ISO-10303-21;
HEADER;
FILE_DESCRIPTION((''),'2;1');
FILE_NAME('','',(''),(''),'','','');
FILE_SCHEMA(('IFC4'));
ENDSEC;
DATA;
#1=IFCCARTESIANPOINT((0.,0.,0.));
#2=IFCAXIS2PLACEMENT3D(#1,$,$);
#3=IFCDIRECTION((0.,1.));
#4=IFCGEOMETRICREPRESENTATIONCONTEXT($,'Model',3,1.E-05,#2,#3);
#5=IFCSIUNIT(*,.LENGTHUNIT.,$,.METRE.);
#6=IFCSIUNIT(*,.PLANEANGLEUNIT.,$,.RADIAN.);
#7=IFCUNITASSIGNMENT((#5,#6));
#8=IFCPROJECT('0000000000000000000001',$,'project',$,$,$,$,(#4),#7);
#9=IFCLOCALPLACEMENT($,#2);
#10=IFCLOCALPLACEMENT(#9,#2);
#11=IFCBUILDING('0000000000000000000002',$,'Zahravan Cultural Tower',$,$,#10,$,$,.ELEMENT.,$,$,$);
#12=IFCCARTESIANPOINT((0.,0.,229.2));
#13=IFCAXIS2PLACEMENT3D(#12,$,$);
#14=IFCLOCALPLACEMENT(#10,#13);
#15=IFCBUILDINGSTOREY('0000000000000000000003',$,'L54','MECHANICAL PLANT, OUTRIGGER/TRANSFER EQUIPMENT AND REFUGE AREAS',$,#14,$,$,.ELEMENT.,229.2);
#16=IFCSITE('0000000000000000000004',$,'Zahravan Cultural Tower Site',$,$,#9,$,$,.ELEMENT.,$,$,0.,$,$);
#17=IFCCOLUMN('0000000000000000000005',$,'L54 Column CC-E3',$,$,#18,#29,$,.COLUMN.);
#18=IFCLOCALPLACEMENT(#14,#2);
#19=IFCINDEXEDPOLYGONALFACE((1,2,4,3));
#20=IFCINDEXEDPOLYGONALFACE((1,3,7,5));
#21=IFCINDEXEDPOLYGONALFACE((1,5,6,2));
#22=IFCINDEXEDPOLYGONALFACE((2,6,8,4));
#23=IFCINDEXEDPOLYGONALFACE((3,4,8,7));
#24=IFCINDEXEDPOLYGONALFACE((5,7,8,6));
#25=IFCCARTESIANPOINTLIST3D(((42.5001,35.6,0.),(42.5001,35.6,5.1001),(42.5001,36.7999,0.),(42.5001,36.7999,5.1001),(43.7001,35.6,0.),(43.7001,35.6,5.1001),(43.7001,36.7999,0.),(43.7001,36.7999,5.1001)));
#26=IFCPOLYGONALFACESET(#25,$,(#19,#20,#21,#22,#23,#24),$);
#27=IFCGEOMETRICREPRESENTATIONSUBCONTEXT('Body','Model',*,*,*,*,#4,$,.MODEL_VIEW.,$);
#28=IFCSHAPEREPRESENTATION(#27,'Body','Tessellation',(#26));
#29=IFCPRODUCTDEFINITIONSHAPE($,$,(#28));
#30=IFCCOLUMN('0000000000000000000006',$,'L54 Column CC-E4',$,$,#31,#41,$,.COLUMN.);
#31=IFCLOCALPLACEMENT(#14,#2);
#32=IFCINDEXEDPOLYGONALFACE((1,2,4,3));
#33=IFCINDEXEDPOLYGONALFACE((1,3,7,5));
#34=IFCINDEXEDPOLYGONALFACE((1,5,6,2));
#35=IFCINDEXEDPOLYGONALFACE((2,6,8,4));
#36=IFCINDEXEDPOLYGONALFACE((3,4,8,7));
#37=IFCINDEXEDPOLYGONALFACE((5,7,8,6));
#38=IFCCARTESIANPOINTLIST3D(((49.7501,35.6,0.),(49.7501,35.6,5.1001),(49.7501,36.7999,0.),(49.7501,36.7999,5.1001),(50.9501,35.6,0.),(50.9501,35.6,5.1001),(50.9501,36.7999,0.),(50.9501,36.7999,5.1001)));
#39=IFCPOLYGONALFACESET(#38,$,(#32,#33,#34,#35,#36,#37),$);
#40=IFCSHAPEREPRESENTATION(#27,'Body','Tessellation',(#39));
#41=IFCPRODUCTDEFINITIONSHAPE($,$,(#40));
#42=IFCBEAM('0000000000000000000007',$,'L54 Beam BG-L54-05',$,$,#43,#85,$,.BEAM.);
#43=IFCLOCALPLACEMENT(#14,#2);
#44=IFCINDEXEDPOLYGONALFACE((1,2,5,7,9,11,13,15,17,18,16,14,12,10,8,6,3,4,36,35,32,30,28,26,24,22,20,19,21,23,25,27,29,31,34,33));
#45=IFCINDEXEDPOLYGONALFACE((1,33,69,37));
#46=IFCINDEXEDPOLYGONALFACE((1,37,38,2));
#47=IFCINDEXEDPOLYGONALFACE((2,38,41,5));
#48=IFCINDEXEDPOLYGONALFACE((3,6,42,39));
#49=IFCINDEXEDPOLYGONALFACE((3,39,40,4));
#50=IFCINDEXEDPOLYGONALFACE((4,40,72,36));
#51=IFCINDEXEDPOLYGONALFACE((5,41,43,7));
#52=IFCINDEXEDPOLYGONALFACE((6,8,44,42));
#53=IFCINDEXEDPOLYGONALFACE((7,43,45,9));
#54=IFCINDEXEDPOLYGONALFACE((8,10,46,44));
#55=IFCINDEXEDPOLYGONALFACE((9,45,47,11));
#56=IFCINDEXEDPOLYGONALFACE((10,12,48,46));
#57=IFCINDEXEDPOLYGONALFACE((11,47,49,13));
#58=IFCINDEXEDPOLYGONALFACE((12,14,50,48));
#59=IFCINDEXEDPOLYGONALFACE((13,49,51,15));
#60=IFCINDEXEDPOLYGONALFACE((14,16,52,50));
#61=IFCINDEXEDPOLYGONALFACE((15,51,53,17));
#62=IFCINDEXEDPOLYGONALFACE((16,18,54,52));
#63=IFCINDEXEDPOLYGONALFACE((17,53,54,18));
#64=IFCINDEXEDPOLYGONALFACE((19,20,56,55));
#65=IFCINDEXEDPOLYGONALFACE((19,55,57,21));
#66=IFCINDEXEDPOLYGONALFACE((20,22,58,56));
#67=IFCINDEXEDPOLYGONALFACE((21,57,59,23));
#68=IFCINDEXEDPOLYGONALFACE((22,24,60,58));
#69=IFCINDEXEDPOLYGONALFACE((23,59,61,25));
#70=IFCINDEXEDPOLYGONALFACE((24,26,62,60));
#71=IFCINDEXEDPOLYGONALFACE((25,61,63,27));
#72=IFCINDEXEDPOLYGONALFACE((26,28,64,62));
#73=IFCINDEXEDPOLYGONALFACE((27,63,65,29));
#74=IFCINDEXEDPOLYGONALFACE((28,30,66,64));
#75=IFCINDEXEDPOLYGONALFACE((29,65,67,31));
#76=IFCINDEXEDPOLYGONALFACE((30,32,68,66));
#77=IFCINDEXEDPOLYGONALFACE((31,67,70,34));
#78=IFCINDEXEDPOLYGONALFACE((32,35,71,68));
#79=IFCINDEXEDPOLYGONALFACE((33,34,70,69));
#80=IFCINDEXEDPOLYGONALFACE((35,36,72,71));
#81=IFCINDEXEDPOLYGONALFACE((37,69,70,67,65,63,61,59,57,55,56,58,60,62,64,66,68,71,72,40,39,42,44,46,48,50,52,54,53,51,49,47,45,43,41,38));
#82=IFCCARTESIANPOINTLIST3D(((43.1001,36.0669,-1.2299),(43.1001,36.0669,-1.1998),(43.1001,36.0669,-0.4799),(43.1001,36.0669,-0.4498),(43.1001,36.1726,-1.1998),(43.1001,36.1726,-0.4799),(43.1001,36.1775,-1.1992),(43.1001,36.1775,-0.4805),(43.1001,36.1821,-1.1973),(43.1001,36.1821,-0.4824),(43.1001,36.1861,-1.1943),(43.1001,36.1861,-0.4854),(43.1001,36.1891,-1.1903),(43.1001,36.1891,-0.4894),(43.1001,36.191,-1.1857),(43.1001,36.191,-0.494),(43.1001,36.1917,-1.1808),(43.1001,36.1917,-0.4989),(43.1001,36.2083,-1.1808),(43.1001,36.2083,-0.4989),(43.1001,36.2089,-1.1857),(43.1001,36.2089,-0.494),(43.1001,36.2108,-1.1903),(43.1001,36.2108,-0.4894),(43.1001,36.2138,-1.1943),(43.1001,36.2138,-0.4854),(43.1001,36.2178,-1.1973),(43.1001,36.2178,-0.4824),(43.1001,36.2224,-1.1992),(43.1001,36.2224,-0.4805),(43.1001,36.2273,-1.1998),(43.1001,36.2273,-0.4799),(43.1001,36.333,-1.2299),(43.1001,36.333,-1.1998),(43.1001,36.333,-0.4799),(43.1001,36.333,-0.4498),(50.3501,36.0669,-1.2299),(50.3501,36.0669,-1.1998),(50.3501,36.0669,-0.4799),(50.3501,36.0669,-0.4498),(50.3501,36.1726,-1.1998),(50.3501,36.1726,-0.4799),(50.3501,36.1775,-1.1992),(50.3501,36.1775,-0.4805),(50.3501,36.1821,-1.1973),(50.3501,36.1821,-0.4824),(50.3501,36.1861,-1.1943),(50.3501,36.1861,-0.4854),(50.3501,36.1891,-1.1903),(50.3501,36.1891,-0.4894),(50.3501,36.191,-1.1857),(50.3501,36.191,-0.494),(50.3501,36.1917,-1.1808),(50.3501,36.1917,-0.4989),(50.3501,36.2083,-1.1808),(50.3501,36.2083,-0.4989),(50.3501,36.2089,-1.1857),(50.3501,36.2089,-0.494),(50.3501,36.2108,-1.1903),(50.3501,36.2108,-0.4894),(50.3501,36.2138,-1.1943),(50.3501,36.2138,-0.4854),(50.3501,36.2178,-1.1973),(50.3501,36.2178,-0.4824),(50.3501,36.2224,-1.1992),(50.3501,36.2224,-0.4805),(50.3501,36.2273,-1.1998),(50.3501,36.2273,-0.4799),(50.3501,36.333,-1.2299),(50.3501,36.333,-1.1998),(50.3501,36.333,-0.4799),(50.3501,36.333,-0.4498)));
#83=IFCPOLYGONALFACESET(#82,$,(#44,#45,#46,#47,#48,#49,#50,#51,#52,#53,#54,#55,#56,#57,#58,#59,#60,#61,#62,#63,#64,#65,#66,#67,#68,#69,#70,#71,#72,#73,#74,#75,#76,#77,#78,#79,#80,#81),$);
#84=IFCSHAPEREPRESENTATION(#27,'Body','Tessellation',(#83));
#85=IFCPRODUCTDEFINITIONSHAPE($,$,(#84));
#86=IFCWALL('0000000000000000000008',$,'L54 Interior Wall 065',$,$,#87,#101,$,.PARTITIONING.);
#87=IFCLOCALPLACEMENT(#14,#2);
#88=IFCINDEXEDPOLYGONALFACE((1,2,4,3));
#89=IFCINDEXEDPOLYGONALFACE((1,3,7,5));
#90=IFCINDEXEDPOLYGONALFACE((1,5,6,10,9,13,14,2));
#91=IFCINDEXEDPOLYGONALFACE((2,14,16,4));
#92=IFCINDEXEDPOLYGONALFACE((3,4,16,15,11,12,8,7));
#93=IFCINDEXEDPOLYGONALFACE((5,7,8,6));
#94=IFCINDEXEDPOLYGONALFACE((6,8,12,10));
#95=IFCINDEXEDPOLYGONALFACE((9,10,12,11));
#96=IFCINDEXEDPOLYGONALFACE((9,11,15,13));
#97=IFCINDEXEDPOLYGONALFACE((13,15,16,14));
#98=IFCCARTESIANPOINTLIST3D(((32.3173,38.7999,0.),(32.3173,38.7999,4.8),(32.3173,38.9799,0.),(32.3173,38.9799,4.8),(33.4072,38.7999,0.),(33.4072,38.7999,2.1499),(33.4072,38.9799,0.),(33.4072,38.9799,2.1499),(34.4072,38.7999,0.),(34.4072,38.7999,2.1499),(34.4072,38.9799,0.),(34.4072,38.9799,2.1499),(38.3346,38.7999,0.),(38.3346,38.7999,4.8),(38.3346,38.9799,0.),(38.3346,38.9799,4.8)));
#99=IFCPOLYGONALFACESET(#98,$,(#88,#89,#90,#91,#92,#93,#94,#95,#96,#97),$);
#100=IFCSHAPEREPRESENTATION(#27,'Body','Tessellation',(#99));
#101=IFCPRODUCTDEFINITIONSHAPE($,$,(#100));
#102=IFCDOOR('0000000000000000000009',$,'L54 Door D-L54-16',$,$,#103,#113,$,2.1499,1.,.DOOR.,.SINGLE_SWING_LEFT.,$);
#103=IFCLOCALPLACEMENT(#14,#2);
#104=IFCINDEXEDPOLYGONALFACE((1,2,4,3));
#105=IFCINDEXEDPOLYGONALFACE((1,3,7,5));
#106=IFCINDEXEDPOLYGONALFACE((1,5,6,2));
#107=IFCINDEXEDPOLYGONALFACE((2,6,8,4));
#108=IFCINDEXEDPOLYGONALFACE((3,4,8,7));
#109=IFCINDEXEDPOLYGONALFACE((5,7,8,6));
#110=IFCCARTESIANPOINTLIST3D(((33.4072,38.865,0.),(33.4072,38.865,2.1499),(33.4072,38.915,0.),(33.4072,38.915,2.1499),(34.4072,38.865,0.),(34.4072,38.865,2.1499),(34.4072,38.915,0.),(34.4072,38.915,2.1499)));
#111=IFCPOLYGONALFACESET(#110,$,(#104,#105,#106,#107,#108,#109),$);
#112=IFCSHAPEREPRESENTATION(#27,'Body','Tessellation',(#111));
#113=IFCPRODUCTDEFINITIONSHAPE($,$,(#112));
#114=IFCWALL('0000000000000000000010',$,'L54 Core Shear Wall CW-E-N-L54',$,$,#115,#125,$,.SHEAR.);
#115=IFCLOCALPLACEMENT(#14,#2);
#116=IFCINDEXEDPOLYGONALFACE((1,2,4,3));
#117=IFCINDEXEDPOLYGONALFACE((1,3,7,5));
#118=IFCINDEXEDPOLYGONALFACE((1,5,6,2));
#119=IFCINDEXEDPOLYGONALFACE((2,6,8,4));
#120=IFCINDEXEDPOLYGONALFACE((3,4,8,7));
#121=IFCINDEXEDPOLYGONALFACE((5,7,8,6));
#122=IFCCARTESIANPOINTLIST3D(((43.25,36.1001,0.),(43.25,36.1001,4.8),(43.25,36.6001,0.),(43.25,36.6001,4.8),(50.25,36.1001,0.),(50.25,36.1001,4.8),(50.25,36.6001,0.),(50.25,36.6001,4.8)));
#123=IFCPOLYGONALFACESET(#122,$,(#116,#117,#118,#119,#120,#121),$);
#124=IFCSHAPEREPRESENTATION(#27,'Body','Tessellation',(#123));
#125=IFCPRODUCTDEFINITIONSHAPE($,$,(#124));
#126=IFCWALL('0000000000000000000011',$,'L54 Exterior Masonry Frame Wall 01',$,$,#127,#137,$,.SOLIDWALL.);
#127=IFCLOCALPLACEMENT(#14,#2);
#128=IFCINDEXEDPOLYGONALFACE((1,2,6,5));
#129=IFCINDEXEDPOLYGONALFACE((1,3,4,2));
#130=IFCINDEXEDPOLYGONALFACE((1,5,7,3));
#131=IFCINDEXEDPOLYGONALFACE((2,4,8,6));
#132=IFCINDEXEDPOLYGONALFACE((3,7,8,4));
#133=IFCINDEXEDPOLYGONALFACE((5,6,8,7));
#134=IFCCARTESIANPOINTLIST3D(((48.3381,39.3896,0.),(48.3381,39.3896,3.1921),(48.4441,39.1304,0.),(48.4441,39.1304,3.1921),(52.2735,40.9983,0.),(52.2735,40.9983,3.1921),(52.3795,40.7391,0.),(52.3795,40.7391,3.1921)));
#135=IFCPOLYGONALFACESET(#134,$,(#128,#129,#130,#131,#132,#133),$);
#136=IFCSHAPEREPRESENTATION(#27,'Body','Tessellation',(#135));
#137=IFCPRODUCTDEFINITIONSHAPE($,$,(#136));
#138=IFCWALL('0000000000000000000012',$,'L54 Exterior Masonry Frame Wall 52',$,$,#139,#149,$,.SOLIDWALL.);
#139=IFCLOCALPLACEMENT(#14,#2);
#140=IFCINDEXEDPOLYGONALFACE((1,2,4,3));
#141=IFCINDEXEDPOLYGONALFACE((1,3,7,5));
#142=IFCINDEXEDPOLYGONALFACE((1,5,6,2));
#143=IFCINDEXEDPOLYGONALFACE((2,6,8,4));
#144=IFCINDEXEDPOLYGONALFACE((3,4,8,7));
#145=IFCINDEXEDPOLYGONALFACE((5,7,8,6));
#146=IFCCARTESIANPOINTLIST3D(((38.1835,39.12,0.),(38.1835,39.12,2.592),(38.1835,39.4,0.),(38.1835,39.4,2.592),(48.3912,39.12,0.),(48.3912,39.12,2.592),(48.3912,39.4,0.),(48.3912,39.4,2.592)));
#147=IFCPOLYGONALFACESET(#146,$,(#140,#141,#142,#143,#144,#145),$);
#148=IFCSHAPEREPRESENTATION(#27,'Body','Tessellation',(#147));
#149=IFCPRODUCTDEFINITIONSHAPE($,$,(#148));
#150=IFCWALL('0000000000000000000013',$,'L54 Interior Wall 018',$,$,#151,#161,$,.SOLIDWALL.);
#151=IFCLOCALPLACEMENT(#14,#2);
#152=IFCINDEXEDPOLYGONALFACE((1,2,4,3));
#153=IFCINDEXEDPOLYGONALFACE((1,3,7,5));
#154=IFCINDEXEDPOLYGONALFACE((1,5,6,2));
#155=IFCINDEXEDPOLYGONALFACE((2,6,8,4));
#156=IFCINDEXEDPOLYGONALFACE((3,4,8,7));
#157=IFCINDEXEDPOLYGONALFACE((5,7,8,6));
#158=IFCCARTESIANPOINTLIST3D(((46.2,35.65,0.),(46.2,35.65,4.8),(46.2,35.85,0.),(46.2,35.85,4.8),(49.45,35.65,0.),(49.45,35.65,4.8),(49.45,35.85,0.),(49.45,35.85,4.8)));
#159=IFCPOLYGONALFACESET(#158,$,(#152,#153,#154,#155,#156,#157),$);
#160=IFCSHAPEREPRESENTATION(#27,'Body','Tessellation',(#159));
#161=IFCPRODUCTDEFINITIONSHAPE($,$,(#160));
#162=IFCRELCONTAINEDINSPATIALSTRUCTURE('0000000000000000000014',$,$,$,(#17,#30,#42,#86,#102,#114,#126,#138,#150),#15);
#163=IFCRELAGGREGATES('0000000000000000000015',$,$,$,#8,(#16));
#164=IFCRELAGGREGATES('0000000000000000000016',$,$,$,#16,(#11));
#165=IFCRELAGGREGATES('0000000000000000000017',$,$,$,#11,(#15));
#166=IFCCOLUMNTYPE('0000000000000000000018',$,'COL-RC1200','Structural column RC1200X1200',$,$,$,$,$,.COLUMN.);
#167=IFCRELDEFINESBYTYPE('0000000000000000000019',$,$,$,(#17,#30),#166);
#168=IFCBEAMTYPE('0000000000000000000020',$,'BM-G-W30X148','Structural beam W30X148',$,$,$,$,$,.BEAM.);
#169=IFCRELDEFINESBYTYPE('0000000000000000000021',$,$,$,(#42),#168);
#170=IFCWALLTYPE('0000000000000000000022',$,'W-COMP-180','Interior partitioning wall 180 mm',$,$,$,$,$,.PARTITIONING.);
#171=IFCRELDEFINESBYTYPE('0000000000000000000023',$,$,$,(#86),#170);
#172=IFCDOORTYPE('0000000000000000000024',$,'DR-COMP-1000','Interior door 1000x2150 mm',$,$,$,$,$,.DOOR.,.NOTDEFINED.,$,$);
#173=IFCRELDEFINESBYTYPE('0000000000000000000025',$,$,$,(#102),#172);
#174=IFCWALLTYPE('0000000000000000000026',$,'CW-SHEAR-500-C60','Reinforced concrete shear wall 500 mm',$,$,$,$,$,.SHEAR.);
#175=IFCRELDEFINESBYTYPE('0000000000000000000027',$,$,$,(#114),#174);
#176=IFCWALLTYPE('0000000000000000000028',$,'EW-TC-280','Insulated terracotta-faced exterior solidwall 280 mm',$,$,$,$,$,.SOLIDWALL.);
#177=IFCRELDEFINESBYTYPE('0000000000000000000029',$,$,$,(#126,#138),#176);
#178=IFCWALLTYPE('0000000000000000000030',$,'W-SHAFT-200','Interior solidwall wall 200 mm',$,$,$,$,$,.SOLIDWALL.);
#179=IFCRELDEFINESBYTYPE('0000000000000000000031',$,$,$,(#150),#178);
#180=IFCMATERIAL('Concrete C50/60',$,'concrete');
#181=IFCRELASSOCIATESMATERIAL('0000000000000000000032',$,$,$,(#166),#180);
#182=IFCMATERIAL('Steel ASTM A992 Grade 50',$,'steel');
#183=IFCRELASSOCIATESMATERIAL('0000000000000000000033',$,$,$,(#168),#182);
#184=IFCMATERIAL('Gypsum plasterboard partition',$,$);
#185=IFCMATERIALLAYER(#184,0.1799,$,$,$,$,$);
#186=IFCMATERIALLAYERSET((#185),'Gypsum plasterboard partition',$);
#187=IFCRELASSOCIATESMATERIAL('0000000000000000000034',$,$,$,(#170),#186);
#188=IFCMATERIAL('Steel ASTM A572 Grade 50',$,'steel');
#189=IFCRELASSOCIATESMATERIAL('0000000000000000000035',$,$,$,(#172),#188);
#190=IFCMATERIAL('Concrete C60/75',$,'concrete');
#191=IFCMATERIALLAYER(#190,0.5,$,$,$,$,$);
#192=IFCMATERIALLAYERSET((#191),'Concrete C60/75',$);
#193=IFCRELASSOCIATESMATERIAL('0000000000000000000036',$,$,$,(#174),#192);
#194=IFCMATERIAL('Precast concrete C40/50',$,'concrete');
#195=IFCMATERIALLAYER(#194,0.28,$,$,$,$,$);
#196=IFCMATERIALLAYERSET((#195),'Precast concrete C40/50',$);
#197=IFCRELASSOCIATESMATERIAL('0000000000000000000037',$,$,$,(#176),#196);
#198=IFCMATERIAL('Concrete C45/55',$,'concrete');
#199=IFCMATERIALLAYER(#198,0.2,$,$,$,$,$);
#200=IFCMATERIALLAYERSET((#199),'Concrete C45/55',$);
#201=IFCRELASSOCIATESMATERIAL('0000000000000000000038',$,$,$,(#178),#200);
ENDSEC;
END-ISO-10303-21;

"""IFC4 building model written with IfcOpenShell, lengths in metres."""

from ifc_helpers import new_model, si_unit, direction, frame, frame_2d, origin, origin_2d, place, context, subcontext, project, spatial, rectangle, i_section, extrude, source, transform, mapped, material, layer, layer_set, material_profile, profile_set, type_object, element, fill, save


model = new_model("IFC4")

# Units and contexts
model_context = context("Model", 3, precision=1e-05, world=origin(), true_north=direction((0.0, 1.0)))
body_context = subcontext(model_context, "Body", "Model", "MODEL_VIEW")
ifc_project = project(units=[si_unit("LENGTHUNIT", "METRE"), si_unit("PLANEANGLEUNIT", "RADIAN")], contexts=[model_context])

# Site, building, storey
site_placement = place(None, origin())
site = spatial("IfcSite", under=ifc_project, at=site_placement, Name="Zahravan Cultural Tower Site", CompositionType="ELEMENT", RefElevation=0.0)
building_placement = place(site_placement, origin())
building = spatial("IfcBuilding", under=site, at=building_placement, Name="Zahravan Cultural Tower", CompositionType="ELEMENT")
storey_placement = place(building_placement, frame((0.0, 0.0, 229.2)))
storey = spatial("IfcBuildingStorey", under=building, at=storey_placement, Name="L54", Description="MECHANICAL PLANT, OUTRIGGER/TRANSFER EQUIPMENT AND REFUGE AREAS", CompositionType="ELEMENT", Elevation=229.2)

# Columns
ifc_material_1 = material(Name="Concrete C50/60", Category="concrete")
ifc_material_profile_1 = material_profile(ifc_material_1, rectangle(XDim=1.2, YDim=1.2, at=origin_2d()), Name="RC1200X1200")
ifc_profile_set_1 = profile_set([ifc_material_profile_1], Name="Concrete C50/60")
column_type = type_object("IfcColumnType", Name="COL-RC1200", Description="Structural column RC1200X1200", PredefinedType="COLUMN", material=ifc_profile_set_1)
shared_shape_1 = source(origin(), body_context, "Body", "SweptSolid", [
    extrude(rectangle(XDim=1.2, YDim=1.2, at=origin_2d()), origin(), (0.0, 0.0, 1.0), 5.1001),
])
for number, where, z_axis, x_axis, name in (
    (1, (43.1001, 36.2, 0.0), (0.0, 0.0, 1.0), (1.0, 0.0, 0.0), "L54 Column CC-E3"),
    (2, (50.3501, 36.2, 0.0), (0.0, 0.0, 1.0), (1.0, 0.0, 0.0), "L54 Column CC-E4"),
):
    element("IfcColumn", number, at=place(storey_placement, frame(where, z_axis=z_axis, x_axis=x_axis)), inside=storey, type_object=column_type, Name=name, PredefinedType="COLUMN", context=body_context, shape_type="MappedRepresentation", body=[
        mapped(shared_shape_1, transform((0.0, 0.0, 0.0), x_axis=(1.0, 0.0, 0.0), y_axis=(0.0, 1.0, 0.0), z_axis=(0.0, 0.0, 1.0), scale=1.0)),
    ])

# Beam
ifc_material_2 = material(Name="Steel ASTM A992 Grade 50", Category="steel")
ifc_material_profile_2 = material_profile(ifc_material_2, i_section(OverallWidth=0.2661, OverallDepth=0.78, WebThickness=0.0166, FlangeThickness=0.03, FilletRadius=0.019, at=origin_2d()), Name="W30X148")
ifc_profile_set_2 = profile_set([ifc_material_profile_2], Name="Steel ASTM A992 Grade 50")
beam_type = type_object("IfcBeamType", Name="BM-G-W30X148", Description="Structural beam W30X148", PredefinedType="BEAM", material=ifc_profile_set_2)
shared_shape_2 = source(origin(), body_context, "Body", "SweptSolid", [
    extrude(i_section(OverallWidth=0.2661, OverallDepth=0.78, WebThickness=0.0166, FlangeThickness=0.03, FilletRadius=0.019, at=origin_2d()), origin(), (0.0, 0.0, 1.0), 7.25),
])
beam_placement = place(storey_placement, frame((43.1001, 36.2, -0.8398), z_axis=(1.0, 0.0, 0.0), x_axis=(0.0, 1.0, 0.0)))
element("IfcBeam", 3, at=beam_placement, inside=storey, type_object=beam_type, Name="L54 Beam BG-L54-05", PredefinedType="BEAM", context=body_context, shape_type="MappedRepresentation", body=[
    mapped(shared_shape_2, transform((0.0, 0.0, 0.0), x_axis=(1.0, 0.0, 0.0), y_axis=(0.0, 1.0, 0.0), z_axis=(0.0, 0.0, 1.0), scale=1.0)),
])

# Wall, opening, door
ifc_material_3 = material(Name="Gypsum plasterboard partition")
ifc_layer_1 = layer(ifc_material_3, 0.1799)
ifc_layer_set_1 = layer_set([ifc_layer_1], Name="Gypsum plasterboard partition")
wall_type_1 = type_object("IfcWallType", Name="W-COMP-180", Description="Interior partitioning wall 180 mm", PredefinedType="PARTITIONING", material=ifc_layer_set_1)
wall_1_placement = place(storey_placement, frame((38.3347, 38.8899, 0.0), z_axis=(0.0, 0.0, 1.0), x_axis=(-1.0, 0.0, 0.0)))
wall_1 = element("IfcWall", 4, at=wall_1_placement, inside=storey, type_object=wall_type_1, Name="L54 Interior Wall 065", PredefinedType="PARTITIONING", context=body_context, shape_type="SweptSolid", body=[
    extrude(rectangle(XDim=6.0173, YDim=0.1799, at=frame_2d((3.0088, 0.0))), origin(), (0.0, 0.0, 1.0), 4.8),
])
opening_placement = place(wall_1_placement, frame((3.9275, 0.0, 0.0)))
opening = element("IfcOpeningElement", 5, at=opening_placement, cuts=wall_1, PredefinedType="OPENING", context=body_context, shape_type="SweptSolid", body=[
    extrude(rectangle(XDim=1.0, YDim=2.1499, at=frame_2d((0.5, 1.075))), frame((0.0, 0.0999, 0.0), z_axis=(0.0, -1.0, 0.0), x_axis=(1.0, 0.0, 0.0)), (0.0, 0.0, 1.0), 0.2),
])
ifc_material_4 = material(Name="Steel ASTM A572 Grade 50", Category="steel")
door_type = type_object("IfcDoorType", Name="DR-COMP-1000", Description="Interior door 1000x2150 mm", OperationType="NOTDEFINED", PredefinedType="DOOR", material=ifc_material_4)
shared_shape_3 = source(origin(), body_context, "Body", "SweptSolid", [
    extrude(rectangle(XDim=1.0, YDim=2.1499, at=frame_2d((0.5, 1.075))), frame((0.0, 0.0249, 0.0), z_axis=(0.0, -1.0, 0.0), x_axis=(1.0, 0.0, 0.0)), (0.0, 0.0, 1.0), 0.05),
])
door_placement = place(opening_placement, origin())
door = element("IfcDoor", 6, at=door_placement, inside=storey, type_object=door_type, Name="L54 Door D-L54-16", OperationType="SINGLE_SWING_LEFT", OverallHeight=2.1499, OverallWidth=1.0, PredefinedType="DOOR", context=body_context, shape_type="MappedRepresentation", body=[
    mapped(shared_shape_3, transform((0.0, 0.0, 0.0), x_axis=(1.0, 0.0, 0.0), y_axis=(0.0, 1.0, 0.0), z_axis=(0.0, 0.0, 1.0), scale=1.0)),
])
fill(opening, door)

# Walls
ifc_material_5 = material(Name="Concrete C60/75", Category="concrete")
ifc_layer_2 = layer(ifc_material_5, 0.5)
ifc_layer_set_2 = layer_set([ifc_layer_2], Name="Concrete C60/75")
wall_type_2 = type_object("IfcWallType", Name="CW-SHEAR-500-C60", Description="Reinforced concrete shear wall 500 mm", PredefinedType="SHEAR", material=ifc_layer_set_2)
shared_shape_4 = source(origin(), body_context, "Body", "SweptSolid", [
    extrude(rectangle(XDim=7.0, YDim=0.5, at=frame_2d((3.5, 0.0))), origin(), (0.0, 0.0, 1.0), 4.8),
])
wall_2_placement = place(storey_placement, frame((43.25, 36.3501, 0.0), z_axis=(0.0, 0.0, 1.0), x_axis=(1.0, 0.0, 0.0)))
element("IfcWall", 7, at=wall_2_placement, inside=storey, type_object=wall_type_2, Name="L54 Core Shear Wall CW-E-N-L54", PredefinedType="SHEAR", context=body_context, shape_type="MappedRepresentation", body=[
    mapped(shared_shape_4, transform((0.0, 0.0, 0.0), x_axis=(1.0, 0.0, 0.0), y_axis=(0.0, 1.0, 0.0), z_axis=(0.0, 0.0, 1.0), scale=1.0)),
])
ifc_material_6 = material(Name="Precast concrete C40/50", Category="concrete")
ifc_layer_3 = layer(ifc_material_6, 0.28)
ifc_layer_set_3 = layer_set([ifc_layer_3], Name="Precast concrete C40/50")
wall_type_3 = type_object("IfcWallType", Name="EW-TC-280", Description="Insulated terracotta-faced exterior solidwall 280 mm", PredefinedType="SOLIDWALL", material=ifc_layer_set_3)
shared_shape_5 = source(origin(), body_context, "Body", "SweptSolid", [
    extrude(rectangle(XDim=4.2515, YDim=0.28, at=frame_2d((2.1257, 0.0))), origin(), (0.0, 0.0, 1.0), 3.1921),
])
wall_3_placement = place(storey_placement, frame((48.3911, 39.26, 0.0), z_axis=(0.0, 0.0, 1.0), x_axis=(0.92565, 0.37838, 0.0)))
element("IfcWall", 8, at=wall_3_placement, inside=storey, type_object=wall_type_3, Name="L54 Exterior Masonry Frame Wall 01", PredefinedType="SOLIDWALL", context=body_context, shape_type="MappedRepresentation", body=[
    mapped(shared_shape_5, transform((0.0, 0.0, 0.0), x_axis=(1.0, 0.0, 0.0), y_axis=(0.0, 1.0, 0.0), z_axis=(0.0, 0.0, 1.0), scale=1.0)),
])
shared_shape_6 = source(origin(), body_context, "Body", "SweptSolid", [
    extrude(rectangle(XDim=10.2078, YDim=0.28, at=frame_2d((5.104, 0.0))), origin(), (0.0, 0.0, 1.0), 2.592),
])
wall_4_placement = place(storey_placement, frame((38.1833, 39.26, 0.0), z_axis=(0.0, 0.0, 1.0), x_axis=(1.0, 0.0, 0.0)))
element("IfcWall", 9, at=wall_4_placement, inside=storey, type_object=wall_type_3, Name="L54 Exterior Masonry Frame Wall 52", PredefinedType="SOLIDWALL", context=body_context, shape_type="MappedRepresentation", body=[
    mapped(shared_shape_6, transform((0.0, 0.0, 0.0), x_axis=(1.0, 0.0, 0.0), y_axis=(0.0, 1.0, 0.0), z_axis=(0.0, 0.0, 1.0), scale=1.0)),
])
ifc_material_7 = material(Name="Concrete C45/55", Category="concrete")
ifc_layer_4 = layer(ifc_material_7, 0.2)
ifc_layer_set_4 = layer_set([ifc_layer_4], Name="Concrete C45/55")
wall_type_4 = type_object("IfcWallType", Name="W-SHAFT-200", Description="Interior solidwall wall 200 mm", PredefinedType="SOLIDWALL", material=ifc_layer_set_4)
shared_shape_7 = source(origin(), body_context, "Body", "SweptSolid", [
    extrude(rectangle(XDim=3.25, YDim=0.2, at=frame_2d((1.625, 0.0))), origin(), (0.0, 0.0, 1.0), 4.8),
])
wall_5_placement = place(storey_placement, frame((46.2, 35.75, 0.0), z_axis=(0.0, 0.0, 1.0), x_axis=(1.0, 0.0, 0.0)))
element("IfcWall", 10, at=wall_5_placement, inside=storey, type_object=wall_type_4, Name="L54 Interior Wall 018", PredefinedType="SOLIDWALL", context=body_context, shape_type="MappedRepresentation", body=[
    mapped(shared_shape_7, transform((0.0, 0.0, 0.0), x_axis=(1.0, 0.0, 0.0), y_axis=(0.0, 1.0, 0.0), z_axis=(0.0, 0.0, 1.0), scale=1.0)),
])

save(model, "model.ifc")
